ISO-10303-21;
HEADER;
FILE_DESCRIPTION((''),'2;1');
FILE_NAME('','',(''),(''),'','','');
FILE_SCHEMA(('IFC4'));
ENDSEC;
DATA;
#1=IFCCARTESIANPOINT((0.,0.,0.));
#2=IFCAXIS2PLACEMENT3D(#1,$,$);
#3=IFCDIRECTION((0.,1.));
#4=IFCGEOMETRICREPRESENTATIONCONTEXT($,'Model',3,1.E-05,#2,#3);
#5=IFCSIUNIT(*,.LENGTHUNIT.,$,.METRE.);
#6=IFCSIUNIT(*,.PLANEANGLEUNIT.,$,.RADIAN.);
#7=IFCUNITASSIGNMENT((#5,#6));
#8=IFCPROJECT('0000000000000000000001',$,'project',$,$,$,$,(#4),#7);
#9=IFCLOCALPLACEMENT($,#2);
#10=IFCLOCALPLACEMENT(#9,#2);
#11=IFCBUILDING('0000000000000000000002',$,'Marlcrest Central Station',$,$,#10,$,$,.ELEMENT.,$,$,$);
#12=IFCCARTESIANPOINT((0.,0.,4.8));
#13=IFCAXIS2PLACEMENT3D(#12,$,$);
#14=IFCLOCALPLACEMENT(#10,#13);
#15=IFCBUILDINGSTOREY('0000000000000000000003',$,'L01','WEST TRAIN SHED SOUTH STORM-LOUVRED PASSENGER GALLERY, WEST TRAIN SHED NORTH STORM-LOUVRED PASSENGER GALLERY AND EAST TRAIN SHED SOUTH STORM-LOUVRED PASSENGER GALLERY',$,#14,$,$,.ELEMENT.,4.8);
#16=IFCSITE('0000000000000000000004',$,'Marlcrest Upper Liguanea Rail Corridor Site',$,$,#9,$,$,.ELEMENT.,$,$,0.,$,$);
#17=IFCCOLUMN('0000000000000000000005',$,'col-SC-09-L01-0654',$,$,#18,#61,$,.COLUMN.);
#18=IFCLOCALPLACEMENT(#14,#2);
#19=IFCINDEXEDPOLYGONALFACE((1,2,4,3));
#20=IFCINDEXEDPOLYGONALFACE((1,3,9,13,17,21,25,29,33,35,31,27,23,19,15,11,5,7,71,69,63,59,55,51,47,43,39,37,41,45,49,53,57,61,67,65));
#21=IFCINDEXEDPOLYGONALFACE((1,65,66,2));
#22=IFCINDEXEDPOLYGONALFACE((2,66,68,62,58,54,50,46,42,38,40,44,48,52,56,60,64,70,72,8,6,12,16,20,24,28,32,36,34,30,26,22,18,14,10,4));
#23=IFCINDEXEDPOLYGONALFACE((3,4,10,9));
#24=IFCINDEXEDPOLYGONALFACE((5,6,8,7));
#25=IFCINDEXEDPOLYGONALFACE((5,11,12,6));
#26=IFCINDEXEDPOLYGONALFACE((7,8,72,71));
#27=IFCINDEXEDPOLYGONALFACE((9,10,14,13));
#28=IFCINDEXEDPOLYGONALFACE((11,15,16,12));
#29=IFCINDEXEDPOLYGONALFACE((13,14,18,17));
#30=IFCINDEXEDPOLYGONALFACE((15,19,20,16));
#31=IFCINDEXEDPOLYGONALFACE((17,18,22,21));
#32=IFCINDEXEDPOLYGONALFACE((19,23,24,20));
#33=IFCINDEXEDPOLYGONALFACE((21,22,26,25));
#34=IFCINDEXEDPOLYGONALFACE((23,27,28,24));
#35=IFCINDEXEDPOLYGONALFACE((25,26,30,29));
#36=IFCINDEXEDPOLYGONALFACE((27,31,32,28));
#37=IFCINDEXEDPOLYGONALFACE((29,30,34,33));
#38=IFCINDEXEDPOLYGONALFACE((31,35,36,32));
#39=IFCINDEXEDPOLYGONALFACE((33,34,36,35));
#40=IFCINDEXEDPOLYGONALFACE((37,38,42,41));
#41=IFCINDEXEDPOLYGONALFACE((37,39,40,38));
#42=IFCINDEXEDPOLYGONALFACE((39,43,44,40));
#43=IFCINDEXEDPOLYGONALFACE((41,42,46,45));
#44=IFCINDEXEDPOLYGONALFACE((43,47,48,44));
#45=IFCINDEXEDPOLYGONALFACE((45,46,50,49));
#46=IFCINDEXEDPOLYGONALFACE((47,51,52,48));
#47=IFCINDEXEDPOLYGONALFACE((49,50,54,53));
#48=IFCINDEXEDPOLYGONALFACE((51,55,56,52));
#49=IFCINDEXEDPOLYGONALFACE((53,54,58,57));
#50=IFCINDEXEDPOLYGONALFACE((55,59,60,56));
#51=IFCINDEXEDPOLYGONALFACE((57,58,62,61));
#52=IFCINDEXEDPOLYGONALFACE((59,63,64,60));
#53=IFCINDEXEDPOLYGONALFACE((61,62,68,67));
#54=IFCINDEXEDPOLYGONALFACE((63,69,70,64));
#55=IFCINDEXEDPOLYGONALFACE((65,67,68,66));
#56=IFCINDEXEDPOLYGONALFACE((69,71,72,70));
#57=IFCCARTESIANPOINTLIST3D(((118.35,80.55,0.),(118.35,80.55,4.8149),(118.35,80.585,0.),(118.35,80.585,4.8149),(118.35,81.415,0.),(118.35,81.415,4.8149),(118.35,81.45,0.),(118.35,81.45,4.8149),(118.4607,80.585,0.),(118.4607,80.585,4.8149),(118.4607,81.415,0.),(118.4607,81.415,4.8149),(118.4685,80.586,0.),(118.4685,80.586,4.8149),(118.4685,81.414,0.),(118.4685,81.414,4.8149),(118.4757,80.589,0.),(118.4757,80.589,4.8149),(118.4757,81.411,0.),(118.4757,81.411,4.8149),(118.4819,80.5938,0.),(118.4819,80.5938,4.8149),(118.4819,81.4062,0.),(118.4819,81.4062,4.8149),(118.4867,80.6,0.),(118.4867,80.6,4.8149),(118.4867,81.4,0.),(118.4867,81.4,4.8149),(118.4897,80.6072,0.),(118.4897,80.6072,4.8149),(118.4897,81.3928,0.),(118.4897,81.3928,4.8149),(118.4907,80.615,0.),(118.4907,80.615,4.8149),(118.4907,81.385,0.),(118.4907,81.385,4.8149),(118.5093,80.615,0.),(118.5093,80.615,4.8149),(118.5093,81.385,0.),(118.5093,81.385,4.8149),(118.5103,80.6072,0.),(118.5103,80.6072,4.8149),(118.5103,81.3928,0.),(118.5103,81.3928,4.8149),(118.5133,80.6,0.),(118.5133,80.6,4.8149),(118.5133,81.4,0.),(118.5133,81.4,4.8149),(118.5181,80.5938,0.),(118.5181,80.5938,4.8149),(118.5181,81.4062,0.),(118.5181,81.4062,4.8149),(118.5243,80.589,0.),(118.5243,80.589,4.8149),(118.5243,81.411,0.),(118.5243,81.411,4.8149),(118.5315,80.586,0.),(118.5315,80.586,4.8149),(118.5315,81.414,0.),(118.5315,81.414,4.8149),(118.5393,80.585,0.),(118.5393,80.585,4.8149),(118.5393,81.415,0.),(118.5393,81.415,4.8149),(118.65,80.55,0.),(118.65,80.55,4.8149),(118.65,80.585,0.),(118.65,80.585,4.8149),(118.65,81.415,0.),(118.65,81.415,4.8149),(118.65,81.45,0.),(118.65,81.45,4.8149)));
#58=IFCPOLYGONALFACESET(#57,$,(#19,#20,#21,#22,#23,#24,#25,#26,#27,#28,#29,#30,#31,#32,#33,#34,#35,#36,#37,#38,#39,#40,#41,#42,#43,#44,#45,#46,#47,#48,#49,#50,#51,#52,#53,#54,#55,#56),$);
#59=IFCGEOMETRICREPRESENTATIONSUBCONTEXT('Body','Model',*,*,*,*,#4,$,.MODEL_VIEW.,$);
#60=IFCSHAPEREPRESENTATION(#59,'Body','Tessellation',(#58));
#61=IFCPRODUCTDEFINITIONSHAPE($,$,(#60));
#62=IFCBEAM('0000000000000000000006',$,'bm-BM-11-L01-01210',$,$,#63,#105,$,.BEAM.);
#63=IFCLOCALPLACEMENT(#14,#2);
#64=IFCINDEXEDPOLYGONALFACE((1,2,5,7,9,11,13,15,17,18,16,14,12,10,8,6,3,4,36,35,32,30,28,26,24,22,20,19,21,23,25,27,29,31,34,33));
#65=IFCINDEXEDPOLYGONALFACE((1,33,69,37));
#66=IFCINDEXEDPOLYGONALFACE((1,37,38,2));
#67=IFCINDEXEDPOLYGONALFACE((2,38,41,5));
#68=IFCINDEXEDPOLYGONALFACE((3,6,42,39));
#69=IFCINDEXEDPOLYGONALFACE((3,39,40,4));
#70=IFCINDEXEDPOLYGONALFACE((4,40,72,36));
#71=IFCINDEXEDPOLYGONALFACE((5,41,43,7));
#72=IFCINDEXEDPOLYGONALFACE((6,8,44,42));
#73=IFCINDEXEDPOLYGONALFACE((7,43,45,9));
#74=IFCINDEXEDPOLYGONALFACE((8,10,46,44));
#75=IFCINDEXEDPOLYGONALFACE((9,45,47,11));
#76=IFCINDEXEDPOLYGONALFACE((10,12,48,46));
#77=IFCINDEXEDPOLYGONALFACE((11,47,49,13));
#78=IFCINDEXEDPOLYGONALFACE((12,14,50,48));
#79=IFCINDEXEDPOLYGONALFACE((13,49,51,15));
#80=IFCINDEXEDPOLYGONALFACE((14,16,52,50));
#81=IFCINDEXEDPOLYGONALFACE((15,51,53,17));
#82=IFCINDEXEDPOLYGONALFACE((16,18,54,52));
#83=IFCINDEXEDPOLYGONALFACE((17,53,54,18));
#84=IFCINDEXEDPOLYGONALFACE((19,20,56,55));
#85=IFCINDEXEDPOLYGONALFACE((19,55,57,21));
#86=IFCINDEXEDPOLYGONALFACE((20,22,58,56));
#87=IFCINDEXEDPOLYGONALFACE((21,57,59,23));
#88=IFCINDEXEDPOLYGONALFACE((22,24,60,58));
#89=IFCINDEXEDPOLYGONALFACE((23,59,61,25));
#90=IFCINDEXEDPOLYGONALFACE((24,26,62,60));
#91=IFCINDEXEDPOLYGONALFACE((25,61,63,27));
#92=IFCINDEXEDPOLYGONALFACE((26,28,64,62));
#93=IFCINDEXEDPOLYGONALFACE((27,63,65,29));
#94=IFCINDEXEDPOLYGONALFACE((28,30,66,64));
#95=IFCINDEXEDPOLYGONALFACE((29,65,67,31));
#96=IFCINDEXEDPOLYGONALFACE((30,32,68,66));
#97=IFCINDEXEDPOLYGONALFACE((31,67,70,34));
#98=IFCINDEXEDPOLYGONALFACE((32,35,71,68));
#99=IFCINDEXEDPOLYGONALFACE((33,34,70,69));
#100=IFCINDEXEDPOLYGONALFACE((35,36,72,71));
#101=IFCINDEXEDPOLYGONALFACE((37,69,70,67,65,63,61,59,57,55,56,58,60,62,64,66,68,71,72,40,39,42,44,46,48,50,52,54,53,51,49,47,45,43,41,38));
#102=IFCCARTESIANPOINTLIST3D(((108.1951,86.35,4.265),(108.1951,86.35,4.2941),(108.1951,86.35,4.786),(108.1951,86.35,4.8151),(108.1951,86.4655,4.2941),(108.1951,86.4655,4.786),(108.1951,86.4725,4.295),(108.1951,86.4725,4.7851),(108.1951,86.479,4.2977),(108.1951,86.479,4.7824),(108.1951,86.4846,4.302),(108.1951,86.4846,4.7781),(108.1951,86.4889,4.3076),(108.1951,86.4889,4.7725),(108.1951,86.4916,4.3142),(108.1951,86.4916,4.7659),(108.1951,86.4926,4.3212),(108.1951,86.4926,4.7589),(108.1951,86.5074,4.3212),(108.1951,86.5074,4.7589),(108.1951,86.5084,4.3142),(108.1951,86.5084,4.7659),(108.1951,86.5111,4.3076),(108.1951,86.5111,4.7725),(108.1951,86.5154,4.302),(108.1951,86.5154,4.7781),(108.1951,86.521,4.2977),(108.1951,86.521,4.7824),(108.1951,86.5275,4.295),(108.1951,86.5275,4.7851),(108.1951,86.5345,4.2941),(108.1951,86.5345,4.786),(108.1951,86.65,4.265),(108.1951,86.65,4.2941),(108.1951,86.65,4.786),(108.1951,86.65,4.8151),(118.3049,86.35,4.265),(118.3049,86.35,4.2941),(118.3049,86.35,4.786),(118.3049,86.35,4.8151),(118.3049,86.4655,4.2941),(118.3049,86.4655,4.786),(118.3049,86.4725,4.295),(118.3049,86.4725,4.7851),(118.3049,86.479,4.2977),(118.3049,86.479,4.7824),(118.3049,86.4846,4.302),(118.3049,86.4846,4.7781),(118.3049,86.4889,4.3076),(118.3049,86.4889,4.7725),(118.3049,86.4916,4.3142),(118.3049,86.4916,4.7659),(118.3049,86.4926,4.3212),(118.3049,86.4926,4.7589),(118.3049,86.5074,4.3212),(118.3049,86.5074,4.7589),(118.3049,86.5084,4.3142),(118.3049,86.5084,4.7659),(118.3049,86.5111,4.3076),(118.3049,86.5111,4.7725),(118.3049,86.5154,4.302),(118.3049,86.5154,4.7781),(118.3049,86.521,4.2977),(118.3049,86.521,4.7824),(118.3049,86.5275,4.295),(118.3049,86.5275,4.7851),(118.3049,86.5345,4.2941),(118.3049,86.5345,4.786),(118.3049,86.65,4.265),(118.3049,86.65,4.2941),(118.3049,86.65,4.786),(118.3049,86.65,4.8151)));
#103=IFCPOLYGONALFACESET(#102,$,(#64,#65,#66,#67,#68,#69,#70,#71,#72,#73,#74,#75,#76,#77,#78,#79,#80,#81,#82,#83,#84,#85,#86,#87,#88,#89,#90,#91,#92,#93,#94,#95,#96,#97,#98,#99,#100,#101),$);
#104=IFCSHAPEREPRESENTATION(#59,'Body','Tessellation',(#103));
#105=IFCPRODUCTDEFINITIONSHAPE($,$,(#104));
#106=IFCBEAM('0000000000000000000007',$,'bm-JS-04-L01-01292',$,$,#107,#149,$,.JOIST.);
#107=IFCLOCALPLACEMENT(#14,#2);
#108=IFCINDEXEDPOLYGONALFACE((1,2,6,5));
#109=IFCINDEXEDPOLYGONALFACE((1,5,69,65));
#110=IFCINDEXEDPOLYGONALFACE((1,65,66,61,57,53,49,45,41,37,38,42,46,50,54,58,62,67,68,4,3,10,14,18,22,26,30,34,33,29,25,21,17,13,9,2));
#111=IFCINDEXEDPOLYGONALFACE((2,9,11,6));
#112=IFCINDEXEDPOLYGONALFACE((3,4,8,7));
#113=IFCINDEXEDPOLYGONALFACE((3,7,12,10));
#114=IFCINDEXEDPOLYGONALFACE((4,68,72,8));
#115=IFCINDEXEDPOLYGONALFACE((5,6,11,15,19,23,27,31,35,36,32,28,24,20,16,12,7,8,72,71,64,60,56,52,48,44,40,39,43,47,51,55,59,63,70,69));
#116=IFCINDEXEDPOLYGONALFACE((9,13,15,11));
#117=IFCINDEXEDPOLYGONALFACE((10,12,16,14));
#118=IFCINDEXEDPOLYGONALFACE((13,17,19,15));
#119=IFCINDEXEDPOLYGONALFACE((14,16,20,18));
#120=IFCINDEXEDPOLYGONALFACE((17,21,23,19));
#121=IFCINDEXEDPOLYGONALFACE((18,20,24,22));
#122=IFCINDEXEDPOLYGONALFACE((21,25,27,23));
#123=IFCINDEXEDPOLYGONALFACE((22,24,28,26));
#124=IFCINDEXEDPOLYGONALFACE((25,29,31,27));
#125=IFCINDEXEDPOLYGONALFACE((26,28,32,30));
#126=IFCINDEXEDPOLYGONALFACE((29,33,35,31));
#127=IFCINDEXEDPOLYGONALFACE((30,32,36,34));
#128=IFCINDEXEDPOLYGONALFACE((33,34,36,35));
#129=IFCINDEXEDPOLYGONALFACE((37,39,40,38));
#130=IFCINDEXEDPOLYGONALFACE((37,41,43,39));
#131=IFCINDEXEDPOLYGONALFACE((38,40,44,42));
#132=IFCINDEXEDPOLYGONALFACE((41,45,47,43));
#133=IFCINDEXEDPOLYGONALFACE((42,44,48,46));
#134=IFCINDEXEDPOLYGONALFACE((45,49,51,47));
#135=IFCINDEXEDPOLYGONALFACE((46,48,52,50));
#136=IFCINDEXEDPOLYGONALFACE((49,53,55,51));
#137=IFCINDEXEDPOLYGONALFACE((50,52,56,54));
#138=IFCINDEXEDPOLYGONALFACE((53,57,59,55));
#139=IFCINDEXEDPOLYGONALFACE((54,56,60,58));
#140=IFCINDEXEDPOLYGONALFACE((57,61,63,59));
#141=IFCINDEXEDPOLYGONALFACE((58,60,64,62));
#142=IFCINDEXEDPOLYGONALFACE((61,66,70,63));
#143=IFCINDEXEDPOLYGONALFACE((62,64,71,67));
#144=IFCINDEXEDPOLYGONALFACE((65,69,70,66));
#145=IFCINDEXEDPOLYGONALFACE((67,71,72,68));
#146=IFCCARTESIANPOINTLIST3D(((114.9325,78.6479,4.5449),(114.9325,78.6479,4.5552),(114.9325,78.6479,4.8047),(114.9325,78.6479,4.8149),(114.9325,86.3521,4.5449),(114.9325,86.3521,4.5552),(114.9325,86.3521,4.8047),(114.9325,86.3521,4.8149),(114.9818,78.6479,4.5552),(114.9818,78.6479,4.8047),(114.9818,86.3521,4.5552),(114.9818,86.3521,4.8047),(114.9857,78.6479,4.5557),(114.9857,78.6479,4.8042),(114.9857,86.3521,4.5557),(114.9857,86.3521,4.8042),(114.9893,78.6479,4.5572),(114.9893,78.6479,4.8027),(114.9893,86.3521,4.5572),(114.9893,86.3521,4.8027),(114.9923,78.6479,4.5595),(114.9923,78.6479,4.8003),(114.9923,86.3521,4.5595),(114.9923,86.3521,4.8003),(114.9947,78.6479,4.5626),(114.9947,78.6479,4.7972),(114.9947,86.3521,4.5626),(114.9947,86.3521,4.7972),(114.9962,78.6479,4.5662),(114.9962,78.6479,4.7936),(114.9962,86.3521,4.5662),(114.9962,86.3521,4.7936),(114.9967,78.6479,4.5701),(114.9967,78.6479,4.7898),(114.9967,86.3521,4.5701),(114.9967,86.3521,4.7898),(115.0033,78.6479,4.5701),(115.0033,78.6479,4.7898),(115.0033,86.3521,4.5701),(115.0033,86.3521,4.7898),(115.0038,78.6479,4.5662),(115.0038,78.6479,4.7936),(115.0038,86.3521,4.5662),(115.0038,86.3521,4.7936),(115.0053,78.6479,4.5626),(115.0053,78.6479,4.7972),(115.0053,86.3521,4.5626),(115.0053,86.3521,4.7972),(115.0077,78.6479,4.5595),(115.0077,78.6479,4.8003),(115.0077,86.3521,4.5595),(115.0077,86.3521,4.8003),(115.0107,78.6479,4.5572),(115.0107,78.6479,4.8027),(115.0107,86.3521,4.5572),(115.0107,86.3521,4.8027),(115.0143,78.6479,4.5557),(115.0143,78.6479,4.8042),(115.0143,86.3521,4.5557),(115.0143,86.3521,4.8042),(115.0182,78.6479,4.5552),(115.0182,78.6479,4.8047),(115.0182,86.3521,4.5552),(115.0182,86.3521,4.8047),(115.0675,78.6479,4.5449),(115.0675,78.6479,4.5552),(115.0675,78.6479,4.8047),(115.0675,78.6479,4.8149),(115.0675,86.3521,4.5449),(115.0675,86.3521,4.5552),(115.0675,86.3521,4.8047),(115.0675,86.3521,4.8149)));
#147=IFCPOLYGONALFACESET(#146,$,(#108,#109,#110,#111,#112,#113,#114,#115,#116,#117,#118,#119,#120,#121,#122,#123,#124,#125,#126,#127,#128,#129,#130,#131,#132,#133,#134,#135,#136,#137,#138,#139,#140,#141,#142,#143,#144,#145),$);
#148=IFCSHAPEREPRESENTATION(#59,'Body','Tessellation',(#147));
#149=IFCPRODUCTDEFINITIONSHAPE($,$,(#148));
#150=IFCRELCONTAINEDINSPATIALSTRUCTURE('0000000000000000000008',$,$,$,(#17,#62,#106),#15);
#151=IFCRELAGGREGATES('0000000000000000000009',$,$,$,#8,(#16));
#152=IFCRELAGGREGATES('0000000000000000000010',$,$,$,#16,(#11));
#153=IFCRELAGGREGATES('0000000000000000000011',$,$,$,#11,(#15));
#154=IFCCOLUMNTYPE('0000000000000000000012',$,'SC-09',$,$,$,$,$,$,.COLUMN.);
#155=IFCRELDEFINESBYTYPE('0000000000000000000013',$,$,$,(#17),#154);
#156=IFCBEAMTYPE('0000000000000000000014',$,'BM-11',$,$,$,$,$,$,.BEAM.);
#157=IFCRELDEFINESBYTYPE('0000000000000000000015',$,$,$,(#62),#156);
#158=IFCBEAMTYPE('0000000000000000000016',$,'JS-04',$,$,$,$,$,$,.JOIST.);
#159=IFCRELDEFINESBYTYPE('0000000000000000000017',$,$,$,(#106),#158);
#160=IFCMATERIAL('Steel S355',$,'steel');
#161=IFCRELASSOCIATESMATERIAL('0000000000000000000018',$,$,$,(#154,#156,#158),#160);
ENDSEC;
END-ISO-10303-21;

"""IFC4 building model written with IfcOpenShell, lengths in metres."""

from ifc_helpers import new_model, si_unit, direction, frame, origin, origin_2d, place, context, subcontext, project, spatial, i_section, extrude, material, material_profile, profile_set, type_object, element, save


model = new_model("IFC4")

# Units and contexts
model_context = context("Model", 3, precision=1e-05, world=origin(), true_north=direction((0.0, 1.0)))
body_context = subcontext(model_context, "Body", "Model", "MODEL_VIEW")
ifc_project = project(units=[si_unit("LENGTHUNIT", "METRE"), si_unit("PLANEANGLEUNIT", "RADIAN")], contexts=[model_context])

# Site, building, storey
site_placement = place(None, origin())
site = spatial("IfcSite", under=ifc_project, at=site_placement, Name="Marlcrest Upper Liguanea Rail Corridor Site", CompositionType="ELEMENT", RefElevation=0.0)
building_placement = place(site_placement, origin())
building = spatial("IfcBuilding", under=site, at=building_placement, Name="Marlcrest Central Station", CompositionType="ELEMENT")
storey_placement = place(building_placement, frame((0.0, 0.0, 4.8)))
storey = spatial("IfcBuildingStorey", under=building, at=storey_placement, Name="L01", Description="WEST TRAIN SHED SOUTH STORM-LOUVRED PASSENGER GALLERY, WEST TRAIN SHED NORTH STORM-LOUVRED PASSENGER GALLERY AND EAST TRAIN SHED SOUTH STORM-LOUVRED PASSENGER GALLERY", CompositionType="ELEMENT", Elevation=4.8)

# Column
ifc_material = material(Name="Steel S355", Category="steel")
ifc_material_profile_1 = material_profile(ifc_material, i_section(OverallWidth=0.3, OverallDepth=0.8999, WebThickness=0.0186, FlangeThickness=0.0349, FilletRadius=0.03, at=origin_2d()), Name="HEB 900")
ifc_profile_set_1 = profile_set([ifc_material_profile_1], Name="Steel S355")
column_type = type_object("IfcColumnType", Name="SC-09", PredefinedType="COLUMN", material=ifc_profile_set_1)
column_placement = place(storey_placement, frame((118.5, 81.0, 0.0), z_axis=(0.0, 0.0, 1.0), x_axis=(1.0, 0.0, 0.0)))
element("IfcColumn", 1, at=column_placement, inside=storey, type_object=column_type, Name="col-SC-09-L01-0654", PredefinedType="COLUMN", context=body_context, shape_type="SweptSolid", body=[
    extrude(i_section(OverallWidth=0.3, OverallDepth=0.8999, WebThickness=0.0186, FlangeThickness=0.0349, FilletRadius=0.03, at=origin_2d()), origin(), (0.0, 0.0, 1.0), 4.8149),
])

# Beams
ifc_material_profile_2 = material_profile(ifc_material, i_section(OverallWidth=0.3, OverallDepth=0.55, WebThickness=0.0149, FlangeThickness=0.0291, FilletRadius=0.0271, at=origin_2d()), Name="HEB 550")
ifc_profile_set_2 = profile_set([ifc_material_profile_2], Name="Steel S355")
beam_type_1 = type_object("IfcBeamType", Name="BM-11", PredefinedType="BEAM", material=ifc_profile_set_2)
beam_1_placement = place(storey_placement, frame((108.1951, 86.5, 4.54), z_axis=(1.0, 0.0, 0.0), x_axis=(0.0, 1.0, 0.0)))
element("IfcBeam", 2, at=beam_1_placement, inside=storey, type_object=beam_type_1, Name="bm-BM-11-L01-01210", PredefinedType="BEAM", context=body_context, shape_type="SweptSolid", body=[
    extrude(i_section(OverallWidth=0.3, OverallDepth=0.55, WebThickness=0.0149, FlangeThickness=0.0291, FilletRadius=0.0271, at=origin_2d()), origin(), (0.0, 0.0, 1.0), 10.1099),
])
ifc_material_profile_3 = material_profile(ifc_material, i_section(OverallWidth=0.135, OverallDepth=0.27, WebThickness=0.0066, FlangeThickness=0.0103, FilletRadius=0.0149, at=origin_2d()), Name="IPE 270")
ifc_profile_set_3 = profile_set([ifc_material_profile_3], Name="Steel S355")
beam_type_2 = type_object("IfcBeamType", Name="JS-04", PredefinedType="JOIST", material=ifc_profile_set_3)
beam_2_placement = place(storey_placement, frame((115.0, 78.6479, 4.6799), z_axis=(0.0, 1.0, 0.0), x_axis=(-1.0, 0.0, 0.0)))
element("IfcBeam", 3, at=beam_2_placement, inside=storey, type_object=beam_type_2, Name="bm-JS-04-L01-01292", PredefinedType="JOIST", context=body_context, shape_type="SweptSolid", body=[
    extrude(i_section(OverallWidth=0.135, OverallDepth=0.27, WebThickness=0.0066, FlangeThickness=0.0103, FilletRadius=0.0149, at=origin_2d()), origin(), (0.0, 0.0, 1.0), 7.7041),
])

save(model, "model.ifc")
